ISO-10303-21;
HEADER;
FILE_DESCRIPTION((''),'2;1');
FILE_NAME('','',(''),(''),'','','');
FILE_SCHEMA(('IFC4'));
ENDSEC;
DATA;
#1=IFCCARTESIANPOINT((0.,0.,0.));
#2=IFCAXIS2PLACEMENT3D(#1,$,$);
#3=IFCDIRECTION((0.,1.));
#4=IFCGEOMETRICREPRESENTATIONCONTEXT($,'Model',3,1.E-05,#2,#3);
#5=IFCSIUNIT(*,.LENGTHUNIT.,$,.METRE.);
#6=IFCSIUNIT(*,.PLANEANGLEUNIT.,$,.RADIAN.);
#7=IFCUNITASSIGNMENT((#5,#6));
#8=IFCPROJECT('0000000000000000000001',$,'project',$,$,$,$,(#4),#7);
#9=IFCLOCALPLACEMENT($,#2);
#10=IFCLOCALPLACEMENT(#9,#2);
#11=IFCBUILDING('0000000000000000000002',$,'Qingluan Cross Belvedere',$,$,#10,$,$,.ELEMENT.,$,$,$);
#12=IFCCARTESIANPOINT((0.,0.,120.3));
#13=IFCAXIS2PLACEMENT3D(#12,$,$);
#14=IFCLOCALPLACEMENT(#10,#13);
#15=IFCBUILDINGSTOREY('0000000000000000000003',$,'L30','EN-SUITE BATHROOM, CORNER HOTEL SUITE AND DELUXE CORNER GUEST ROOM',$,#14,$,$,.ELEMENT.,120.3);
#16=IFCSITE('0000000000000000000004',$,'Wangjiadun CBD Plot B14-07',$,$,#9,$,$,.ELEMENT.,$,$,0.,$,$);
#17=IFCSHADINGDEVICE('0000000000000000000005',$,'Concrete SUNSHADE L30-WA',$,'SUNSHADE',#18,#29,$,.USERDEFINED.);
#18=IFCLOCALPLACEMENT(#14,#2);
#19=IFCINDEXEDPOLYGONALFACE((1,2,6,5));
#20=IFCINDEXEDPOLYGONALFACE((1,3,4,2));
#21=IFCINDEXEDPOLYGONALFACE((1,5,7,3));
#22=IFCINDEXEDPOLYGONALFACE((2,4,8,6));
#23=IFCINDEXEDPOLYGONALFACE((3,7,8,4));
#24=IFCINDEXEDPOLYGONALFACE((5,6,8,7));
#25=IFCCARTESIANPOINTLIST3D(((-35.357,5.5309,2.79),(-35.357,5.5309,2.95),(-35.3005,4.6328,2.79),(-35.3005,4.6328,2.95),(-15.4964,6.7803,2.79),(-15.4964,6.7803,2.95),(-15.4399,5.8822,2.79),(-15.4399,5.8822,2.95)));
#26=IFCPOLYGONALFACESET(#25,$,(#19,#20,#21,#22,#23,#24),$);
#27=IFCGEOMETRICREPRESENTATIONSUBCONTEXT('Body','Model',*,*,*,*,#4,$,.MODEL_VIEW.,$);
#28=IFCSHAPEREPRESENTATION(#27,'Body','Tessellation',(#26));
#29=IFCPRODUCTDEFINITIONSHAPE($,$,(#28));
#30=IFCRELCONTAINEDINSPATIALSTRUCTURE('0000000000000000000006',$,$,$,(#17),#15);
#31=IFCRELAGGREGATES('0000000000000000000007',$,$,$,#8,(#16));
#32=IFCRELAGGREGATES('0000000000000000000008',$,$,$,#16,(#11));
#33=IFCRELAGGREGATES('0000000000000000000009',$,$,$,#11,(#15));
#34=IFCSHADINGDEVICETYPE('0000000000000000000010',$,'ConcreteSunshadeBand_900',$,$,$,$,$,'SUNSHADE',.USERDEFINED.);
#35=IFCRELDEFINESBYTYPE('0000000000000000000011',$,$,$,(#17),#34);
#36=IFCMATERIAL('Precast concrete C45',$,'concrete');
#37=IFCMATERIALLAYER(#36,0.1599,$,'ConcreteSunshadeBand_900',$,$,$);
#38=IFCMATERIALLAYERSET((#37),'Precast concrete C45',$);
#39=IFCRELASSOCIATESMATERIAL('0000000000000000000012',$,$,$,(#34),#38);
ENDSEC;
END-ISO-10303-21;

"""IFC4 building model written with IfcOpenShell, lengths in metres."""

from ifc_helpers import new_model, si_unit, direction, frame, origin, origin_2d, place, context, subcontext, project, spatial, rectangle, extrude, material, layer, layer_set, type_object, element, save


model = new_model("IFC4")

# Units and contexts
model_context = context("Model", 3, precision=1e-05, world=origin(), true_north=direction((0.0, 1.0)))
body_context = subcontext(model_context, "Body", "Model", "MODEL_VIEW")
ifc_project = project(units=[si_unit("LENGTHUNIT", "METRE"), si_unit("PLANEANGLEUNIT", "RADIAN")], contexts=[model_context])

# Site, building, storey
site_placement = place(None, origin())
site = spatial("IfcSite", under=ifc_project, at=site_placement, Name="Wangjiadun CBD Plot B14-07", CompositionType="ELEMENT", RefElevation=0.0)
building_placement = place(site_placement, origin())
building = spatial("IfcBuilding", under=site, at=building_placement, Name="Qingluan Cross Belvedere", CompositionType="ELEMENT")
storey_placement = place(building_placement, frame((0.0, 0.0, 120.3)))
storey = spatial("IfcBuildingStorey", under=building, at=storey_placement, Name="L30", Description="EN-SUITE BATHROOM, CORNER HOTEL SUITE AND DELUXE CORNER GUEST ROOM", CompositionType="ELEMENT", Elevation=120.3)

# Shading device
ifc_material_1 = material(Name="Precast concrete C45", Category="concrete")
ifc_layer_1 = layer(ifc_material_1, 0.1599, Name="ConcreteSunshadeBand_900")
ifc_layer_set_1 = layer_set([ifc_layer_1], Name="Precast concrete C45")
shading_device_type = type_object("IfcShadingDeviceType", Name="ConcreteSunshadeBand_900", ElementType="SUNSHADE", PredefinedType="USERDEFINED", material=ifc_layer_set_1)
shading_device_placement = place(storey_placement, frame((-25.3984, 5.7065, 2.79), z_axis=(0.0, 0.0, 1.0), x_axis=(-0.998027, -0.062786, 0.0)))
element("IfcShadingDevice", 1, at=shading_device_placement, inside=storey, type_object=shading_device_type, Name="Concrete SUNSHADE L30-WA", ObjectType="SUNSHADE", PredefinedType="USERDEFINED", context=body_context, shape_type="SweptSolid", body=[
    extrude(rectangle(XDim=19.8999, YDim=0.8999, at=origin_2d()), origin(), (0.0, 0.0, 1.0), 0.1599),
])

save(model, "model.ifc")
